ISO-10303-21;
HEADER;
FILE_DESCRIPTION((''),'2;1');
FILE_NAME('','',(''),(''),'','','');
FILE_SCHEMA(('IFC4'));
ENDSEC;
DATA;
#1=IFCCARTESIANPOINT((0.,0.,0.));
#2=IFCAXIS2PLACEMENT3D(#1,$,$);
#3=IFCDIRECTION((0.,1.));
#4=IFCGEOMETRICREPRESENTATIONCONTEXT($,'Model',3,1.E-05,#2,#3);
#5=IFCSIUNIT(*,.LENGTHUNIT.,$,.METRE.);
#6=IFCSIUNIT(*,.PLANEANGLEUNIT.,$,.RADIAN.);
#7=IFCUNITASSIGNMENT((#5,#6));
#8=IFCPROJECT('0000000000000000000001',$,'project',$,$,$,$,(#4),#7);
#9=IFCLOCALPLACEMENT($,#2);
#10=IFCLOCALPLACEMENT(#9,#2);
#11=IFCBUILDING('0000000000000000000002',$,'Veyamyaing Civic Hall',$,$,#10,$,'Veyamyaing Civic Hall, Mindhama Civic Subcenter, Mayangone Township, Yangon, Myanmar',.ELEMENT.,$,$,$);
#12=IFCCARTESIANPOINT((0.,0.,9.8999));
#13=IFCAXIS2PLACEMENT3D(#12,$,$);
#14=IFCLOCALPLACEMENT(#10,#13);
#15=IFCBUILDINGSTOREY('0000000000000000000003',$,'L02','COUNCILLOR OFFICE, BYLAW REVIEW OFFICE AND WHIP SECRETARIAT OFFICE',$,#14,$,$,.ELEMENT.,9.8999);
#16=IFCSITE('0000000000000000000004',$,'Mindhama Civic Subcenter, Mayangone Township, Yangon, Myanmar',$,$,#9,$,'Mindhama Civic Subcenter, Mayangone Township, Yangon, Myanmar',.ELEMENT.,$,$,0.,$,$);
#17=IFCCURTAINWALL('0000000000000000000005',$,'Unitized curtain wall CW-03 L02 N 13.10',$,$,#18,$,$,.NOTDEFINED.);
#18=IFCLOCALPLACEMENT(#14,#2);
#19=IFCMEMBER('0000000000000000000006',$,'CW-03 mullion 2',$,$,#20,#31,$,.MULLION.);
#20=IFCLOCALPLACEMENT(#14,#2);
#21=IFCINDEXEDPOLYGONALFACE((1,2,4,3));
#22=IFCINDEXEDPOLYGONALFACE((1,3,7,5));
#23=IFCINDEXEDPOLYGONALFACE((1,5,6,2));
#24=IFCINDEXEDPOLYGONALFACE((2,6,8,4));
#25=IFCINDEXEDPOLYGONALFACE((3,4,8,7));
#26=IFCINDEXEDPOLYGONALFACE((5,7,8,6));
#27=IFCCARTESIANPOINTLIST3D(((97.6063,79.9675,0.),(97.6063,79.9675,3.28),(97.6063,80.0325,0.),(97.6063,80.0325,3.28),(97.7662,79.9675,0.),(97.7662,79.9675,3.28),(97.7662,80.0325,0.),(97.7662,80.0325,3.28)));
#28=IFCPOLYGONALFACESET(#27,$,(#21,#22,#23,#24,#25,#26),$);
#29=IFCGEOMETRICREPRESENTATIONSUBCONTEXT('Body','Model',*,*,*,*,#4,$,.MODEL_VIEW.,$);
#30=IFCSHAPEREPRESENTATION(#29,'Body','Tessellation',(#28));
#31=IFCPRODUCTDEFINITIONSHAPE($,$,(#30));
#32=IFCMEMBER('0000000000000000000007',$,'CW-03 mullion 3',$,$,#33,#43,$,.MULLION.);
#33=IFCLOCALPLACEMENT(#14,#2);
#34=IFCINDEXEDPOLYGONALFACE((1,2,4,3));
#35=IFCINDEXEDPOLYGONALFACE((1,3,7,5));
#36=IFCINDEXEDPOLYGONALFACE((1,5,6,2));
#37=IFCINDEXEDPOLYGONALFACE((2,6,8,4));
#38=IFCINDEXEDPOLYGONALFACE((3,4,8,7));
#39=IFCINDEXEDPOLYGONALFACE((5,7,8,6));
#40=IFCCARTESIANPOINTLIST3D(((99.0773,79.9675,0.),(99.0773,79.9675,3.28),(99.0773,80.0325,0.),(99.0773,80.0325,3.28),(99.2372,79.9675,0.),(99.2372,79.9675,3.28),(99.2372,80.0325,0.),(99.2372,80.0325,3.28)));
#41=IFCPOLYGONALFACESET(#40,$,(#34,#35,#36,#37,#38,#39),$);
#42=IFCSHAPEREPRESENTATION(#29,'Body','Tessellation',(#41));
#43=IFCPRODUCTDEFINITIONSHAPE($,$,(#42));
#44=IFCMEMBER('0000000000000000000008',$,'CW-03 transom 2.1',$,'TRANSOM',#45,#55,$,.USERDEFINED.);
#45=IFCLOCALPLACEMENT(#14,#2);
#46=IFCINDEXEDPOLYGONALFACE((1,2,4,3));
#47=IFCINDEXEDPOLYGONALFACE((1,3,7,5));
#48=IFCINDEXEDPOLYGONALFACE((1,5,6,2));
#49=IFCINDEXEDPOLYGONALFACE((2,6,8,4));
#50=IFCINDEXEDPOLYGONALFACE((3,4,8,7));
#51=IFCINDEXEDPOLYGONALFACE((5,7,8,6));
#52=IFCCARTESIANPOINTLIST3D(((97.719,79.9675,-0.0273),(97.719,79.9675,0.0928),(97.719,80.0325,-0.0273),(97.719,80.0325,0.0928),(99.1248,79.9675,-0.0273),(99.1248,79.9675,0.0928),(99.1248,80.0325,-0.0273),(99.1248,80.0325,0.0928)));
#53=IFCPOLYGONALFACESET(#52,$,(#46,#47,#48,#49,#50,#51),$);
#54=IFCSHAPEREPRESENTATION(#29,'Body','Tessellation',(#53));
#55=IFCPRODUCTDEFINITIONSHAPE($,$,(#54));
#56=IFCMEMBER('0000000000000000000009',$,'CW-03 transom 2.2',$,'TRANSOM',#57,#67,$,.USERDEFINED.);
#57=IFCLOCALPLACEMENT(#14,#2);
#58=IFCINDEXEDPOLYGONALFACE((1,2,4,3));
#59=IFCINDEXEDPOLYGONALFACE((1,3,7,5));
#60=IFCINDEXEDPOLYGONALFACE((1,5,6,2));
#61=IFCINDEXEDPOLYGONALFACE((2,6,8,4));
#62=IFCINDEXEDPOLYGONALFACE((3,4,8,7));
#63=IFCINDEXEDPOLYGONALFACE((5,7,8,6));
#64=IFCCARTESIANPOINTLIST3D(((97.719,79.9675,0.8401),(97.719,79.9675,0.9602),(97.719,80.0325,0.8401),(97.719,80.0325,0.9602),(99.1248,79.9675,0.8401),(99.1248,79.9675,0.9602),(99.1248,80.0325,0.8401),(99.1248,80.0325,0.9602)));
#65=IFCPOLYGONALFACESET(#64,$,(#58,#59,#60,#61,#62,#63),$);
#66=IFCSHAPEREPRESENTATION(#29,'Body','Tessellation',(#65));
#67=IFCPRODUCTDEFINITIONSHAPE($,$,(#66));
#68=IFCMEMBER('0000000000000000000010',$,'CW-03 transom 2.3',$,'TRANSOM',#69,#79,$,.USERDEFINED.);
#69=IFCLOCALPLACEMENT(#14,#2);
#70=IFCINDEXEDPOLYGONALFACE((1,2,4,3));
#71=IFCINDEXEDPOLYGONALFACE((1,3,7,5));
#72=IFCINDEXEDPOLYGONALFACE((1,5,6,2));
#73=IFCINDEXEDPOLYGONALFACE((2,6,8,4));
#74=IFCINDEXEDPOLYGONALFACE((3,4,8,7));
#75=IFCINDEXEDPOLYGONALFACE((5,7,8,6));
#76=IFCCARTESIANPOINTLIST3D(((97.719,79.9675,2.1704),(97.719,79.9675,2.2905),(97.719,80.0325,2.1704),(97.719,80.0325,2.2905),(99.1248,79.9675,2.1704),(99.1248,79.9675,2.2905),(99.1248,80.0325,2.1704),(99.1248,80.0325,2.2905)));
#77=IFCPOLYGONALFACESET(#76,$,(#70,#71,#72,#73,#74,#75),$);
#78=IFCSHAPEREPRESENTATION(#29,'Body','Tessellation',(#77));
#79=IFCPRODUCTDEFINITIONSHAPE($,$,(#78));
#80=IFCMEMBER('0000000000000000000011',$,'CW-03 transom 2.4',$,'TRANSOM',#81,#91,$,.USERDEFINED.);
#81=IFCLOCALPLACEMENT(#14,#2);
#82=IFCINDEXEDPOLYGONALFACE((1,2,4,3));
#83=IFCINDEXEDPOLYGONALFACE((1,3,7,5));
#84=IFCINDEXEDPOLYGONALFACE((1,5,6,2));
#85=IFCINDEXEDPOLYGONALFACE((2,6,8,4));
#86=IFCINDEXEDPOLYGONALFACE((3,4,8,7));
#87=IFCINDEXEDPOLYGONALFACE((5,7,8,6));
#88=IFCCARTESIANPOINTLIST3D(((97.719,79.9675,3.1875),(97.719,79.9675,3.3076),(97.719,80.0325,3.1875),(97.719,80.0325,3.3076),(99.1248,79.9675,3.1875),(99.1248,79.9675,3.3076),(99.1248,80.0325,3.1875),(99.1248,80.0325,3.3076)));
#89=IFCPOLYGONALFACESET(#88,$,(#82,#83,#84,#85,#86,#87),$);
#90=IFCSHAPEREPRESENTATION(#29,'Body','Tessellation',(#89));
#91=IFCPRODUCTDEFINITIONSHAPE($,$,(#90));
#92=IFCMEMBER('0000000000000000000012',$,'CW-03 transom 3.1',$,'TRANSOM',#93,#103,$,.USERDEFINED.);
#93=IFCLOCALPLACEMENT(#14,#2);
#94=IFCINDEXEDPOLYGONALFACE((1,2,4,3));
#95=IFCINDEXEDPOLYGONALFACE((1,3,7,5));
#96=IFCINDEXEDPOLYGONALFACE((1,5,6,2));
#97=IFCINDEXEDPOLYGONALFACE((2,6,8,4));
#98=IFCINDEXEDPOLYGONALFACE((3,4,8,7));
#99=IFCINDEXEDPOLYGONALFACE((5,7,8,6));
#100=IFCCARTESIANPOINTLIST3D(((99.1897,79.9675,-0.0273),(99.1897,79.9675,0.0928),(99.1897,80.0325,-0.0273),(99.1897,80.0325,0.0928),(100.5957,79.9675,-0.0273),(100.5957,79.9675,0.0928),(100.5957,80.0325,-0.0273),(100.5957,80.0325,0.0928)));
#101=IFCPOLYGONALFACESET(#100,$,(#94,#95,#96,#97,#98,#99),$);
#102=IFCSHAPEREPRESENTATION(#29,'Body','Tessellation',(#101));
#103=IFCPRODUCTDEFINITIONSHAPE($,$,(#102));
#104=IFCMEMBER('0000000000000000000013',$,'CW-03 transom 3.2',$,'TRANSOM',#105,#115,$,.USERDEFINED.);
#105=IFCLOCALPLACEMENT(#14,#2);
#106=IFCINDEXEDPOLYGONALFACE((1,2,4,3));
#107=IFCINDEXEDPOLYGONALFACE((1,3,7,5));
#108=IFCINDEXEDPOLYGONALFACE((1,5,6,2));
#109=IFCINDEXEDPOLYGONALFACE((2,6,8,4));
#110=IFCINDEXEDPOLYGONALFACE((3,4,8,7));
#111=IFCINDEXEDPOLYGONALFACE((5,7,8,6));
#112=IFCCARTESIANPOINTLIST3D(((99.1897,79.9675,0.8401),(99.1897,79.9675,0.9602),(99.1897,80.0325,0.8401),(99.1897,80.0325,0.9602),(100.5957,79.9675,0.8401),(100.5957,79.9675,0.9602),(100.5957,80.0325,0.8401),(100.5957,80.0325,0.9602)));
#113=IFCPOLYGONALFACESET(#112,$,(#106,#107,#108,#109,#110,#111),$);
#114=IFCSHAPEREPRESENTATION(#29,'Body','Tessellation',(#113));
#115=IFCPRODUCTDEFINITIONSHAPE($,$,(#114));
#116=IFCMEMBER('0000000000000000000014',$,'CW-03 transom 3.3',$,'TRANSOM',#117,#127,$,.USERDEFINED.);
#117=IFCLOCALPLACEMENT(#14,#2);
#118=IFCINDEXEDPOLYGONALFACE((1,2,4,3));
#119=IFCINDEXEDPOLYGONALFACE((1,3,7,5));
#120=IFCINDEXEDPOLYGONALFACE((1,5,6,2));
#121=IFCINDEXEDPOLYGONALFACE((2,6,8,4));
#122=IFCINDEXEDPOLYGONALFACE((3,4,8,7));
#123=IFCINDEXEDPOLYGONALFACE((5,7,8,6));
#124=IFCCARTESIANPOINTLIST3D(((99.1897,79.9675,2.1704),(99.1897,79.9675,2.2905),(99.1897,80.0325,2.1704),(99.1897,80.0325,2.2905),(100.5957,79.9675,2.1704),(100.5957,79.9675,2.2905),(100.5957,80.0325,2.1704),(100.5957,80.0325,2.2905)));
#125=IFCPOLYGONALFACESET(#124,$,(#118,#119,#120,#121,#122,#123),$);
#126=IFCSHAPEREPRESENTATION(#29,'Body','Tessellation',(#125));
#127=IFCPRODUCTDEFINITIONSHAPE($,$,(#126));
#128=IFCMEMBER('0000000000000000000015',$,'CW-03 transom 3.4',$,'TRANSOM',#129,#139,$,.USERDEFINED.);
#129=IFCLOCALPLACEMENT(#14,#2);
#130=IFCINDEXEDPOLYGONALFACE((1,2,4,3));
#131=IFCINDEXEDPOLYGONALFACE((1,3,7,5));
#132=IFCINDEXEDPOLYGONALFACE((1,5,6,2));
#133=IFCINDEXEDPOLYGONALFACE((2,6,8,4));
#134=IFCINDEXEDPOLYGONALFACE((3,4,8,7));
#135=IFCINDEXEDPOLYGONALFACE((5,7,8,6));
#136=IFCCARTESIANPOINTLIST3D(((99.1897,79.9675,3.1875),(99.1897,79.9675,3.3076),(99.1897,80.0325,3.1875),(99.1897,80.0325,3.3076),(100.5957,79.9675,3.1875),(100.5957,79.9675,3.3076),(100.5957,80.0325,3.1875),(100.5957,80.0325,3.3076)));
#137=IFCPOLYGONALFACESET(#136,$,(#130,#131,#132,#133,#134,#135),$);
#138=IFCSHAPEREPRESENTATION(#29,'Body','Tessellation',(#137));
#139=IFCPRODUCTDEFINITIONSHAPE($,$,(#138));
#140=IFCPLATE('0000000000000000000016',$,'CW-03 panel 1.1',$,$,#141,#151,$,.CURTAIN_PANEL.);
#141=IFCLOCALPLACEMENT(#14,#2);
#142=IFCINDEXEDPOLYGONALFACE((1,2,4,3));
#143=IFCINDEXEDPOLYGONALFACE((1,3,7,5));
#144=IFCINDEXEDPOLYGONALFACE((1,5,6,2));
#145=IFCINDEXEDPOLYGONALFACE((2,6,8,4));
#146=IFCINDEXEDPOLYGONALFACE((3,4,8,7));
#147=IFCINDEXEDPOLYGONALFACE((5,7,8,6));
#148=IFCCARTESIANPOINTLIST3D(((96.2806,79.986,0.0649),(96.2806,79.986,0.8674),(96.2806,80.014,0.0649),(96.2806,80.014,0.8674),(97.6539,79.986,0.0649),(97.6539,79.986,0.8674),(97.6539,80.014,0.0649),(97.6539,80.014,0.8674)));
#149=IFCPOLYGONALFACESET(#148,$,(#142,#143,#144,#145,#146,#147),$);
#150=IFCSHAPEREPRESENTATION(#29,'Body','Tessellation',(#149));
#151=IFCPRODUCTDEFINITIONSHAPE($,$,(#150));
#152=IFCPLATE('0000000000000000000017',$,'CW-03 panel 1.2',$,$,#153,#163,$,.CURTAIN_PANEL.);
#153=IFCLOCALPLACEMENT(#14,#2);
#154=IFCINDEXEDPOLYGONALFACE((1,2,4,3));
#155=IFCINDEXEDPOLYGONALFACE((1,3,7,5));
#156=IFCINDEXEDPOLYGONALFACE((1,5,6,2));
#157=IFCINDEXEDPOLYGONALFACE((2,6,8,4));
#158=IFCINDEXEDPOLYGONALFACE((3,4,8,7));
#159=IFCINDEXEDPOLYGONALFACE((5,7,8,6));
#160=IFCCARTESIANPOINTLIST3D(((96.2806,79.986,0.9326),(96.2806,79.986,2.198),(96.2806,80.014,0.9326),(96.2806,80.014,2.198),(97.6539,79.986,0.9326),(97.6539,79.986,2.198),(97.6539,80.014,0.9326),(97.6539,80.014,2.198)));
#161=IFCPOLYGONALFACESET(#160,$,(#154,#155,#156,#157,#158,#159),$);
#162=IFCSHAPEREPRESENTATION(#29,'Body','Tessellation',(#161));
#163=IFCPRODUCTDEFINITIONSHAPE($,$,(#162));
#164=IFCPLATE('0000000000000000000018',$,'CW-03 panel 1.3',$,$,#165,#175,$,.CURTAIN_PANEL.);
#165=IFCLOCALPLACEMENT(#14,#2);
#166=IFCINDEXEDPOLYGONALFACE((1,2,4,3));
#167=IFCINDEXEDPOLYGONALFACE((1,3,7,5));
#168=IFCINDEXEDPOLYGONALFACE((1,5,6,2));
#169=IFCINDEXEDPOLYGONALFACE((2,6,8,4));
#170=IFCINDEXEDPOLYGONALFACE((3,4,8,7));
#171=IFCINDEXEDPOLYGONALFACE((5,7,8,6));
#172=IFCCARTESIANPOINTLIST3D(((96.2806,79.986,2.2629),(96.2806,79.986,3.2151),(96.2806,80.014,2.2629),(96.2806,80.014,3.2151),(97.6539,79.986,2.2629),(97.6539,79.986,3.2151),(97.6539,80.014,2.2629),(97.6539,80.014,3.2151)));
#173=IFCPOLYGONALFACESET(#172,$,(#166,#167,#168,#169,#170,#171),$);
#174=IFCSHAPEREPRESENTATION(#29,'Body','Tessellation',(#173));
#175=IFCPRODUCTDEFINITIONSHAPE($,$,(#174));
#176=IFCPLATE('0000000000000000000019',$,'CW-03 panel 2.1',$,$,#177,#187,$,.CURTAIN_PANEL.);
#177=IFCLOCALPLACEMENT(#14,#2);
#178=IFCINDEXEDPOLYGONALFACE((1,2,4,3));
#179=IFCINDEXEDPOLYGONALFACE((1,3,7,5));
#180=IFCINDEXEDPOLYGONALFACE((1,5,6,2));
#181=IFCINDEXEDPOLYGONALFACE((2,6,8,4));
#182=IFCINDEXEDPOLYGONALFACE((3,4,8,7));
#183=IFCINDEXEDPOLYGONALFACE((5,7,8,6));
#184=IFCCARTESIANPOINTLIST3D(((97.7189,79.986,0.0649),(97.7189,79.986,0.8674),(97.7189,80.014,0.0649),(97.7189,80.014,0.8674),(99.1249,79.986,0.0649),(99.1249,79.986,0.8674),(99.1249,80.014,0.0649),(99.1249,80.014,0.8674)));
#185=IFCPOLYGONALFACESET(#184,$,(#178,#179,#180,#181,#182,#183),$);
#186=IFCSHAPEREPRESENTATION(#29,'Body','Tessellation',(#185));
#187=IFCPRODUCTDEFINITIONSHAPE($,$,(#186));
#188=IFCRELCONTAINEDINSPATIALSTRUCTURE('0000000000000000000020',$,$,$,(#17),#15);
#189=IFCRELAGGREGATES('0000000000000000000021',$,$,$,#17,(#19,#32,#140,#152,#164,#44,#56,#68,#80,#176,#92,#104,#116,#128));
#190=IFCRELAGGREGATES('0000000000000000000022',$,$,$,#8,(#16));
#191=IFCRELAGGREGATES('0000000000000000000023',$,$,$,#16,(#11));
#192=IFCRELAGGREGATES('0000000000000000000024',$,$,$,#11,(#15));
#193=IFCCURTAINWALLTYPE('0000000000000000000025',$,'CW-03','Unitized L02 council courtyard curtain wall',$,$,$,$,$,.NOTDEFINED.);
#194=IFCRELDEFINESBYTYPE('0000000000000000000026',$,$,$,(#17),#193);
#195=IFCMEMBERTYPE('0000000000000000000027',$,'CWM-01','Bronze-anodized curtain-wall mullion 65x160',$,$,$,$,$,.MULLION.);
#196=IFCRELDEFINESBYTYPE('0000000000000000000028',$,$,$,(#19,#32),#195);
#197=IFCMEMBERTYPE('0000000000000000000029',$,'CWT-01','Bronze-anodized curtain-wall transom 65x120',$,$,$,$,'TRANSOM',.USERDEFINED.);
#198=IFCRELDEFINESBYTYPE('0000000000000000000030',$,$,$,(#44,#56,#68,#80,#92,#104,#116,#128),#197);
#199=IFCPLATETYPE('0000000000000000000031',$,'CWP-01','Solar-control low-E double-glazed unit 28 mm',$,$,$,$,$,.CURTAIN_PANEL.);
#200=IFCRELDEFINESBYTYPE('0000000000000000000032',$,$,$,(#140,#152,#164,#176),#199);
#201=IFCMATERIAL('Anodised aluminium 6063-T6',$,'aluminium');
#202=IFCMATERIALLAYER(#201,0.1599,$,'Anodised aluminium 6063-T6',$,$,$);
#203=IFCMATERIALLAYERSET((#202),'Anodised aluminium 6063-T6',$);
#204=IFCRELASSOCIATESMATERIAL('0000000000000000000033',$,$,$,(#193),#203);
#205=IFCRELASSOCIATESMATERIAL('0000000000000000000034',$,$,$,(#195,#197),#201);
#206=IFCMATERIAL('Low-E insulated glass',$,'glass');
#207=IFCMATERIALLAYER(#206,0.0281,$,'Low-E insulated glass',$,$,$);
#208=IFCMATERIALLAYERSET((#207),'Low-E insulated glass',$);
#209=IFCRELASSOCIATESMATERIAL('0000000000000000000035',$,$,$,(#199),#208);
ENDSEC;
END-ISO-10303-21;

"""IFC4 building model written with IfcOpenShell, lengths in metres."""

from ifc_helpers import new_model, si_unit, direction, frame, origin, origin_2d, place, context, subcontext, project, spatial, rectangle, extrude, material, layer, layer_set, material_profile, profile_set, type_object, element, aggregate, save


model = new_model("IFC4")

# Units and contexts
model_context = context("Model", 3, precision=1e-05, world=origin(), true_north=direction((0.0, 1.0)))
body_context = subcontext(model_context, "Body", "Model", "MODEL_VIEW")
ifc_project = project(units=[si_unit("LENGTHUNIT", "METRE"), si_unit("PLANEANGLEUNIT", "RADIAN")], contexts=[model_context])

# Site, building, storey
site_placement = place(None, origin())
site = spatial("IfcSite", under=ifc_project, at=site_placement, Name="Mindhama Civic Subcenter, Mayangone Township, Yangon, Myanmar", LongName="Mindhama Civic Subcenter, Mayangone Township, Yangon, Myanmar", CompositionType="ELEMENT", RefElevation=0.0)
building_placement = place(site_placement, origin())
building = spatial("IfcBuilding", under=site, at=building_placement, Name="Veyamyaing Civic Hall", LongName="Veyamyaing Civic Hall, Mindhama Civic Subcenter, Mayangone Township, Yangon, Myanmar", CompositionType="ELEMENT")
storey_placement = place(building_placement, frame((0.0, 0.0, 9.8999)))
storey = spatial("IfcBuildingStorey", under=building, at=storey_placement, Name="L02", Description="COUNCILLOR OFFICE, BYLAW REVIEW OFFICE AND WHIP SECRETARIAT OFFICE", CompositionType="ELEMENT", Elevation=9.8999)

# Curtain wall, members, plates
ifc_material_1 = material(Name="Anodised aluminium 6063-T6", Category="aluminium")
ifc_layer_1 = layer(ifc_material_1, 0.1599, Name="Anodised aluminium 6063-T6")
ifc_layer_set_1 = layer_set([ifc_layer_1], Name="Anodised aluminium 6063-T6")
curtain_wall_type = type_object("IfcCurtainWallType", Name="CW-03", Description="Unitized L02 council courtyard curtain wall", PredefinedType="NOTDEFINED", material=ifc_layer_set_1)
curtain_wall_placement = place(storey_placement, origin())
curtain_wall = element("IfcCurtainWall", 1, at=curtain_wall_placement, inside=storey, type_object=curtain_wall_type, Name="Unitized curtain wall CW-03 L02 N 13.10", PredefinedType="NOTDEFINED")
ifc_material_profile_1 = material_profile(ifc_material_1, rectangle(XDim=0.0649, YDim=0.1599, at=origin_2d()), Name="ALU-MUL-65X160")
ifc_profile_set_1 = profile_set([ifc_material_profile_1], Name="Anodised aluminium 6063-T6")
member_type_1 = type_object("IfcMemberType", Name="CWM-01", Description="Bronze-anodized curtain-wall mullion 65x160", PredefinedType="MULLION", material=ifc_profile_set_1)
member_1_placement = place(storey_placement, frame((97.6863, 80.0, 0.0), z_axis=(0.0, 0.0, 1.0), x_axis=(0.0, 1.0, 0.0)))
member_1 = element("IfcMember", 2, at=member_1_placement, type_object=member_type_1, Name="CW-03 mullion 2", PredefinedType="MULLION", context=body_context, shape_type="SweptSolid", body=[
    extrude(rectangle(XDim=0.0649, YDim=0.1599, at=origin_2d()), origin(), (0.0, 0.0, 1.0), 3.28),
])
member_2_placement = place(storey_placement, frame((99.1572, 80.0, 0.0), z_axis=(0.0, 0.0, 1.0), x_axis=(0.0, 1.0, 0.0)))
member_2 = element("IfcMember", 3, at=member_2_placement, type_object=member_type_1, Name="CW-03 mullion 3", PredefinedType="MULLION", context=body_context, shape_type="SweptSolid", body=[
    extrude(rectangle(XDim=0.0649, YDim=0.1599, at=origin_2d()), origin(), (0.0, 0.0, 1.0), 3.28),
])
ifc_material_profile_2 = material_profile(ifc_material_1, rectangle(XDim=0.0649, YDim=0.1201, at=origin_2d()), Name="ALU-TRN-65X120")
ifc_profile_set_2 = profile_set([ifc_material_profile_2], Name="Anodised aluminium 6063-T6")
member_type_2 = type_object("IfcMemberType", Name="CWT-01", Description="Bronze-anodized curtain-wall transom 65x120", ElementType="TRANSOM", PredefinedType="USERDEFINED", material=ifc_profile_set_2)
member_3_placement = place(storey_placement, frame((97.719, 80.0, 0.0327), z_axis=(1.0, 0.0, 0.0), x_axis=(0.0, 1.0, 0.0)))
member_3 = element("IfcMember", 4, at=member_3_placement, type_object=member_type_2, Name="CW-03 transom 2.1", ObjectType="TRANSOM", PredefinedType="USERDEFINED", context=body_context, shape_type="SweptSolid", body=[
    extrude(rectangle(XDim=0.0649, YDim=0.1201, at=origin_2d()), origin(), (0.0, 0.0, 1.0), 1.4058),
])
member_4_placement = place(storey_placement, frame((97.719, 80.0, 0.9001), z_axis=(1.0, 0.0, 0.0), x_axis=(0.0, 1.0, 0.0)))
member_4 = element("IfcMember", 5, at=member_4_placement, type_object=member_type_2, Name="CW-03 transom 2.2", ObjectType="TRANSOM", PredefinedType="USERDEFINED", context=body_context, shape_type="SweptSolid", body=[
    extrude(rectangle(XDim=0.0649, YDim=0.1201, at=origin_2d()), origin(), (0.0, 0.0, 1.0), 1.4058),
])
member_5_placement = place(storey_placement, frame((97.719, 80.0, 2.2305), z_axis=(1.0, 0.0, 0.0), x_axis=(0.0, 1.0, 0.0)))
member_5 = element("IfcMember", 6, at=member_5_placement, type_object=member_type_2, Name="CW-03 transom 2.3", ObjectType="TRANSOM", PredefinedType="USERDEFINED", context=body_context, shape_type="SweptSolid", body=[
    extrude(rectangle(XDim=0.0649, YDim=0.1201, at=origin_2d()), origin(), (0.0, 0.0, 1.0), 1.4058),
])
member_6_placement = place(storey_placement, frame((97.719, 80.0, 3.2476), z_axis=(1.0, 0.0, 0.0), x_axis=(0.0, 1.0, 0.0)))
member_6 = element("IfcMember", 7, at=member_6_placement, type_object=member_type_2, Name="CW-03 transom 2.4", ObjectType="TRANSOM", PredefinedType="USERDEFINED", context=body_context, shape_type="SweptSolid", body=[
    extrude(rectangle(XDim=0.0649, YDim=0.1201, at=origin_2d()), origin(), (0.0, 0.0, 1.0), 1.4058),
])
member_7_placement = place(storey_placement, frame((99.1897, 80.0, 0.0327), z_axis=(1.0, 0.0, 0.0), x_axis=(0.0, 1.0, 0.0)))
member_7 = element("IfcMember", 8, at=member_7_placement, type_object=member_type_2, Name="CW-03 transom 3.1", ObjectType="TRANSOM", PredefinedType="USERDEFINED", context=body_context, shape_type="SweptSolid", body=[
    extrude(rectangle(XDim=0.0649, YDim=0.1201, at=origin_2d()), origin(), (0.0, 0.0, 1.0), 1.406),
])
member_8_placement = place(storey_placement, frame((99.1897, 80.0, 0.9001), z_axis=(1.0, 0.0, 0.0), x_axis=(0.0, 1.0, 0.0)))
member_8 = element("IfcMember", 9, at=member_8_placement, type_object=member_type_2, Name="CW-03 transom 3.2", ObjectType="TRANSOM", PredefinedType="USERDEFINED", context=body_context, shape_type="SweptSolid", body=[
    extrude(rectangle(XDim=0.0649, YDim=0.1201, at=origin_2d()), origin(), (0.0, 0.0, 1.0), 1.406),
])
member_9_placement = place(storey_placement, frame((99.1897, 80.0, 2.2305), z_axis=(1.0, 0.0, 0.0), x_axis=(0.0, 1.0, 0.0)))
member_9 = element("IfcMember", 10, at=member_9_placement, type_object=member_type_2, Name="CW-03 transom 3.3", ObjectType="TRANSOM", PredefinedType="USERDEFINED", context=body_context, shape_type="SweptSolid", body=[
    extrude(rectangle(XDim=0.0649, YDim=0.1201, at=origin_2d()), origin(), (0.0, 0.0, 1.0), 1.406),
])
member_10_placement = place(storey_placement, frame((99.1897, 80.0, 3.2476), z_axis=(1.0, 0.0, 0.0), x_axis=(0.0, 1.0, 0.0)))
member_10 = element("IfcMember", 11, at=member_10_placement, type_object=member_type_2, Name="CW-03 transom 3.4", ObjectType="TRANSOM", PredefinedType="USERDEFINED", context=body_context, shape_type="SweptSolid", body=[
    extrude(rectangle(XDim=0.0649, YDim=0.1201, at=origin_2d()), origin(), (0.0, 0.0, 1.0), 1.406),
])
ifc_material_2 = material(Name="Low-E insulated glass", Category="glass")
ifc_layer_2 = layer(ifc_material_2, 0.0281, Name="Low-E insulated glass")
ifc_layer_set_2 = layer_set([ifc_layer_2], Name="Low-E insulated glass")
plate_type = type_object("IfcPlateType", Name="CWP-01", Description="Solar-control low-E double-glazed unit 28 mm", PredefinedType="CURTAIN_PANEL", material=ifc_layer_set_2)
plate_1_placement = place(storey_placement, frame((96.9673, 80.0, 0.0649), z_axis=(0.0, 0.0, 1.0), x_axis=(1.0, 0.0, 0.0)))
plate_1 = element("IfcPlate", 12, at=plate_1_placement, type_object=plate_type, Name="CW-03 panel 1.1", PredefinedType="CURTAIN_PANEL", context=body_context, shape_type="SweptSolid", body=[
    extrude(rectangle(XDim=1.3733, YDim=0.0281, at=origin_2d()), origin(), (0.0, 0.0, 1.0), 0.8025),
])
plate_2_placement = place(storey_placement, frame((96.9673, 80.0, 0.9326), z_axis=(0.0, 0.0, 1.0), x_axis=(1.0, 0.0, 0.0)))
plate_2 = element("IfcPlate", 13, at=plate_2_placement, type_object=plate_type, Name="CW-03 panel 1.2", PredefinedType="CURTAIN_PANEL", context=body_context, shape_type="SweptSolid", body=[
    extrude(rectangle(XDim=1.3733, YDim=0.0281, at=origin_2d()), origin(), (0.0, 0.0, 1.0), 1.2654),
])
plate_3_placement = place(storey_placement, frame((96.9673, 80.0, 2.2629), z_axis=(0.0, 0.0, 1.0), x_axis=(1.0, 0.0, 0.0)))
plate_3 = element("IfcPlate", 14, at=plate_3_placement, type_object=plate_type, Name="CW-03 panel 1.3", PredefinedType="CURTAIN_PANEL", context=body_context, shape_type="SweptSolid", body=[
    extrude(rectangle(XDim=1.3733, YDim=0.0281, at=origin_2d()), origin(), (0.0, 0.0, 1.0), 0.9521),
])
plate_4_placement = place(storey_placement, frame((98.4219, 80.0, 0.0649), z_axis=(0.0, 0.0, 1.0), x_axis=(1.0, 0.0, 0.0)))
plate_4 = element("IfcPlate", 15, at=plate_4_placement, type_object=plate_type, Name="CW-03 panel 2.1", PredefinedType="CURTAIN_PANEL", context=body_context, shape_type="SweptSolid", body=[
    extrude(rectangle(XDim=1.406, YDim=0.0281, at=origin_2d()), origin(), (0.0, 0.0, 1.0), 0.8025),
])
aggregate(curtain_wall, [member_1, member_2, plate_1, plate_2, plate_3, member_3, member_4, member_5, member_6, plate_4, member_7, member_8, member_9, member_10])

save(model, "model.ifc")
